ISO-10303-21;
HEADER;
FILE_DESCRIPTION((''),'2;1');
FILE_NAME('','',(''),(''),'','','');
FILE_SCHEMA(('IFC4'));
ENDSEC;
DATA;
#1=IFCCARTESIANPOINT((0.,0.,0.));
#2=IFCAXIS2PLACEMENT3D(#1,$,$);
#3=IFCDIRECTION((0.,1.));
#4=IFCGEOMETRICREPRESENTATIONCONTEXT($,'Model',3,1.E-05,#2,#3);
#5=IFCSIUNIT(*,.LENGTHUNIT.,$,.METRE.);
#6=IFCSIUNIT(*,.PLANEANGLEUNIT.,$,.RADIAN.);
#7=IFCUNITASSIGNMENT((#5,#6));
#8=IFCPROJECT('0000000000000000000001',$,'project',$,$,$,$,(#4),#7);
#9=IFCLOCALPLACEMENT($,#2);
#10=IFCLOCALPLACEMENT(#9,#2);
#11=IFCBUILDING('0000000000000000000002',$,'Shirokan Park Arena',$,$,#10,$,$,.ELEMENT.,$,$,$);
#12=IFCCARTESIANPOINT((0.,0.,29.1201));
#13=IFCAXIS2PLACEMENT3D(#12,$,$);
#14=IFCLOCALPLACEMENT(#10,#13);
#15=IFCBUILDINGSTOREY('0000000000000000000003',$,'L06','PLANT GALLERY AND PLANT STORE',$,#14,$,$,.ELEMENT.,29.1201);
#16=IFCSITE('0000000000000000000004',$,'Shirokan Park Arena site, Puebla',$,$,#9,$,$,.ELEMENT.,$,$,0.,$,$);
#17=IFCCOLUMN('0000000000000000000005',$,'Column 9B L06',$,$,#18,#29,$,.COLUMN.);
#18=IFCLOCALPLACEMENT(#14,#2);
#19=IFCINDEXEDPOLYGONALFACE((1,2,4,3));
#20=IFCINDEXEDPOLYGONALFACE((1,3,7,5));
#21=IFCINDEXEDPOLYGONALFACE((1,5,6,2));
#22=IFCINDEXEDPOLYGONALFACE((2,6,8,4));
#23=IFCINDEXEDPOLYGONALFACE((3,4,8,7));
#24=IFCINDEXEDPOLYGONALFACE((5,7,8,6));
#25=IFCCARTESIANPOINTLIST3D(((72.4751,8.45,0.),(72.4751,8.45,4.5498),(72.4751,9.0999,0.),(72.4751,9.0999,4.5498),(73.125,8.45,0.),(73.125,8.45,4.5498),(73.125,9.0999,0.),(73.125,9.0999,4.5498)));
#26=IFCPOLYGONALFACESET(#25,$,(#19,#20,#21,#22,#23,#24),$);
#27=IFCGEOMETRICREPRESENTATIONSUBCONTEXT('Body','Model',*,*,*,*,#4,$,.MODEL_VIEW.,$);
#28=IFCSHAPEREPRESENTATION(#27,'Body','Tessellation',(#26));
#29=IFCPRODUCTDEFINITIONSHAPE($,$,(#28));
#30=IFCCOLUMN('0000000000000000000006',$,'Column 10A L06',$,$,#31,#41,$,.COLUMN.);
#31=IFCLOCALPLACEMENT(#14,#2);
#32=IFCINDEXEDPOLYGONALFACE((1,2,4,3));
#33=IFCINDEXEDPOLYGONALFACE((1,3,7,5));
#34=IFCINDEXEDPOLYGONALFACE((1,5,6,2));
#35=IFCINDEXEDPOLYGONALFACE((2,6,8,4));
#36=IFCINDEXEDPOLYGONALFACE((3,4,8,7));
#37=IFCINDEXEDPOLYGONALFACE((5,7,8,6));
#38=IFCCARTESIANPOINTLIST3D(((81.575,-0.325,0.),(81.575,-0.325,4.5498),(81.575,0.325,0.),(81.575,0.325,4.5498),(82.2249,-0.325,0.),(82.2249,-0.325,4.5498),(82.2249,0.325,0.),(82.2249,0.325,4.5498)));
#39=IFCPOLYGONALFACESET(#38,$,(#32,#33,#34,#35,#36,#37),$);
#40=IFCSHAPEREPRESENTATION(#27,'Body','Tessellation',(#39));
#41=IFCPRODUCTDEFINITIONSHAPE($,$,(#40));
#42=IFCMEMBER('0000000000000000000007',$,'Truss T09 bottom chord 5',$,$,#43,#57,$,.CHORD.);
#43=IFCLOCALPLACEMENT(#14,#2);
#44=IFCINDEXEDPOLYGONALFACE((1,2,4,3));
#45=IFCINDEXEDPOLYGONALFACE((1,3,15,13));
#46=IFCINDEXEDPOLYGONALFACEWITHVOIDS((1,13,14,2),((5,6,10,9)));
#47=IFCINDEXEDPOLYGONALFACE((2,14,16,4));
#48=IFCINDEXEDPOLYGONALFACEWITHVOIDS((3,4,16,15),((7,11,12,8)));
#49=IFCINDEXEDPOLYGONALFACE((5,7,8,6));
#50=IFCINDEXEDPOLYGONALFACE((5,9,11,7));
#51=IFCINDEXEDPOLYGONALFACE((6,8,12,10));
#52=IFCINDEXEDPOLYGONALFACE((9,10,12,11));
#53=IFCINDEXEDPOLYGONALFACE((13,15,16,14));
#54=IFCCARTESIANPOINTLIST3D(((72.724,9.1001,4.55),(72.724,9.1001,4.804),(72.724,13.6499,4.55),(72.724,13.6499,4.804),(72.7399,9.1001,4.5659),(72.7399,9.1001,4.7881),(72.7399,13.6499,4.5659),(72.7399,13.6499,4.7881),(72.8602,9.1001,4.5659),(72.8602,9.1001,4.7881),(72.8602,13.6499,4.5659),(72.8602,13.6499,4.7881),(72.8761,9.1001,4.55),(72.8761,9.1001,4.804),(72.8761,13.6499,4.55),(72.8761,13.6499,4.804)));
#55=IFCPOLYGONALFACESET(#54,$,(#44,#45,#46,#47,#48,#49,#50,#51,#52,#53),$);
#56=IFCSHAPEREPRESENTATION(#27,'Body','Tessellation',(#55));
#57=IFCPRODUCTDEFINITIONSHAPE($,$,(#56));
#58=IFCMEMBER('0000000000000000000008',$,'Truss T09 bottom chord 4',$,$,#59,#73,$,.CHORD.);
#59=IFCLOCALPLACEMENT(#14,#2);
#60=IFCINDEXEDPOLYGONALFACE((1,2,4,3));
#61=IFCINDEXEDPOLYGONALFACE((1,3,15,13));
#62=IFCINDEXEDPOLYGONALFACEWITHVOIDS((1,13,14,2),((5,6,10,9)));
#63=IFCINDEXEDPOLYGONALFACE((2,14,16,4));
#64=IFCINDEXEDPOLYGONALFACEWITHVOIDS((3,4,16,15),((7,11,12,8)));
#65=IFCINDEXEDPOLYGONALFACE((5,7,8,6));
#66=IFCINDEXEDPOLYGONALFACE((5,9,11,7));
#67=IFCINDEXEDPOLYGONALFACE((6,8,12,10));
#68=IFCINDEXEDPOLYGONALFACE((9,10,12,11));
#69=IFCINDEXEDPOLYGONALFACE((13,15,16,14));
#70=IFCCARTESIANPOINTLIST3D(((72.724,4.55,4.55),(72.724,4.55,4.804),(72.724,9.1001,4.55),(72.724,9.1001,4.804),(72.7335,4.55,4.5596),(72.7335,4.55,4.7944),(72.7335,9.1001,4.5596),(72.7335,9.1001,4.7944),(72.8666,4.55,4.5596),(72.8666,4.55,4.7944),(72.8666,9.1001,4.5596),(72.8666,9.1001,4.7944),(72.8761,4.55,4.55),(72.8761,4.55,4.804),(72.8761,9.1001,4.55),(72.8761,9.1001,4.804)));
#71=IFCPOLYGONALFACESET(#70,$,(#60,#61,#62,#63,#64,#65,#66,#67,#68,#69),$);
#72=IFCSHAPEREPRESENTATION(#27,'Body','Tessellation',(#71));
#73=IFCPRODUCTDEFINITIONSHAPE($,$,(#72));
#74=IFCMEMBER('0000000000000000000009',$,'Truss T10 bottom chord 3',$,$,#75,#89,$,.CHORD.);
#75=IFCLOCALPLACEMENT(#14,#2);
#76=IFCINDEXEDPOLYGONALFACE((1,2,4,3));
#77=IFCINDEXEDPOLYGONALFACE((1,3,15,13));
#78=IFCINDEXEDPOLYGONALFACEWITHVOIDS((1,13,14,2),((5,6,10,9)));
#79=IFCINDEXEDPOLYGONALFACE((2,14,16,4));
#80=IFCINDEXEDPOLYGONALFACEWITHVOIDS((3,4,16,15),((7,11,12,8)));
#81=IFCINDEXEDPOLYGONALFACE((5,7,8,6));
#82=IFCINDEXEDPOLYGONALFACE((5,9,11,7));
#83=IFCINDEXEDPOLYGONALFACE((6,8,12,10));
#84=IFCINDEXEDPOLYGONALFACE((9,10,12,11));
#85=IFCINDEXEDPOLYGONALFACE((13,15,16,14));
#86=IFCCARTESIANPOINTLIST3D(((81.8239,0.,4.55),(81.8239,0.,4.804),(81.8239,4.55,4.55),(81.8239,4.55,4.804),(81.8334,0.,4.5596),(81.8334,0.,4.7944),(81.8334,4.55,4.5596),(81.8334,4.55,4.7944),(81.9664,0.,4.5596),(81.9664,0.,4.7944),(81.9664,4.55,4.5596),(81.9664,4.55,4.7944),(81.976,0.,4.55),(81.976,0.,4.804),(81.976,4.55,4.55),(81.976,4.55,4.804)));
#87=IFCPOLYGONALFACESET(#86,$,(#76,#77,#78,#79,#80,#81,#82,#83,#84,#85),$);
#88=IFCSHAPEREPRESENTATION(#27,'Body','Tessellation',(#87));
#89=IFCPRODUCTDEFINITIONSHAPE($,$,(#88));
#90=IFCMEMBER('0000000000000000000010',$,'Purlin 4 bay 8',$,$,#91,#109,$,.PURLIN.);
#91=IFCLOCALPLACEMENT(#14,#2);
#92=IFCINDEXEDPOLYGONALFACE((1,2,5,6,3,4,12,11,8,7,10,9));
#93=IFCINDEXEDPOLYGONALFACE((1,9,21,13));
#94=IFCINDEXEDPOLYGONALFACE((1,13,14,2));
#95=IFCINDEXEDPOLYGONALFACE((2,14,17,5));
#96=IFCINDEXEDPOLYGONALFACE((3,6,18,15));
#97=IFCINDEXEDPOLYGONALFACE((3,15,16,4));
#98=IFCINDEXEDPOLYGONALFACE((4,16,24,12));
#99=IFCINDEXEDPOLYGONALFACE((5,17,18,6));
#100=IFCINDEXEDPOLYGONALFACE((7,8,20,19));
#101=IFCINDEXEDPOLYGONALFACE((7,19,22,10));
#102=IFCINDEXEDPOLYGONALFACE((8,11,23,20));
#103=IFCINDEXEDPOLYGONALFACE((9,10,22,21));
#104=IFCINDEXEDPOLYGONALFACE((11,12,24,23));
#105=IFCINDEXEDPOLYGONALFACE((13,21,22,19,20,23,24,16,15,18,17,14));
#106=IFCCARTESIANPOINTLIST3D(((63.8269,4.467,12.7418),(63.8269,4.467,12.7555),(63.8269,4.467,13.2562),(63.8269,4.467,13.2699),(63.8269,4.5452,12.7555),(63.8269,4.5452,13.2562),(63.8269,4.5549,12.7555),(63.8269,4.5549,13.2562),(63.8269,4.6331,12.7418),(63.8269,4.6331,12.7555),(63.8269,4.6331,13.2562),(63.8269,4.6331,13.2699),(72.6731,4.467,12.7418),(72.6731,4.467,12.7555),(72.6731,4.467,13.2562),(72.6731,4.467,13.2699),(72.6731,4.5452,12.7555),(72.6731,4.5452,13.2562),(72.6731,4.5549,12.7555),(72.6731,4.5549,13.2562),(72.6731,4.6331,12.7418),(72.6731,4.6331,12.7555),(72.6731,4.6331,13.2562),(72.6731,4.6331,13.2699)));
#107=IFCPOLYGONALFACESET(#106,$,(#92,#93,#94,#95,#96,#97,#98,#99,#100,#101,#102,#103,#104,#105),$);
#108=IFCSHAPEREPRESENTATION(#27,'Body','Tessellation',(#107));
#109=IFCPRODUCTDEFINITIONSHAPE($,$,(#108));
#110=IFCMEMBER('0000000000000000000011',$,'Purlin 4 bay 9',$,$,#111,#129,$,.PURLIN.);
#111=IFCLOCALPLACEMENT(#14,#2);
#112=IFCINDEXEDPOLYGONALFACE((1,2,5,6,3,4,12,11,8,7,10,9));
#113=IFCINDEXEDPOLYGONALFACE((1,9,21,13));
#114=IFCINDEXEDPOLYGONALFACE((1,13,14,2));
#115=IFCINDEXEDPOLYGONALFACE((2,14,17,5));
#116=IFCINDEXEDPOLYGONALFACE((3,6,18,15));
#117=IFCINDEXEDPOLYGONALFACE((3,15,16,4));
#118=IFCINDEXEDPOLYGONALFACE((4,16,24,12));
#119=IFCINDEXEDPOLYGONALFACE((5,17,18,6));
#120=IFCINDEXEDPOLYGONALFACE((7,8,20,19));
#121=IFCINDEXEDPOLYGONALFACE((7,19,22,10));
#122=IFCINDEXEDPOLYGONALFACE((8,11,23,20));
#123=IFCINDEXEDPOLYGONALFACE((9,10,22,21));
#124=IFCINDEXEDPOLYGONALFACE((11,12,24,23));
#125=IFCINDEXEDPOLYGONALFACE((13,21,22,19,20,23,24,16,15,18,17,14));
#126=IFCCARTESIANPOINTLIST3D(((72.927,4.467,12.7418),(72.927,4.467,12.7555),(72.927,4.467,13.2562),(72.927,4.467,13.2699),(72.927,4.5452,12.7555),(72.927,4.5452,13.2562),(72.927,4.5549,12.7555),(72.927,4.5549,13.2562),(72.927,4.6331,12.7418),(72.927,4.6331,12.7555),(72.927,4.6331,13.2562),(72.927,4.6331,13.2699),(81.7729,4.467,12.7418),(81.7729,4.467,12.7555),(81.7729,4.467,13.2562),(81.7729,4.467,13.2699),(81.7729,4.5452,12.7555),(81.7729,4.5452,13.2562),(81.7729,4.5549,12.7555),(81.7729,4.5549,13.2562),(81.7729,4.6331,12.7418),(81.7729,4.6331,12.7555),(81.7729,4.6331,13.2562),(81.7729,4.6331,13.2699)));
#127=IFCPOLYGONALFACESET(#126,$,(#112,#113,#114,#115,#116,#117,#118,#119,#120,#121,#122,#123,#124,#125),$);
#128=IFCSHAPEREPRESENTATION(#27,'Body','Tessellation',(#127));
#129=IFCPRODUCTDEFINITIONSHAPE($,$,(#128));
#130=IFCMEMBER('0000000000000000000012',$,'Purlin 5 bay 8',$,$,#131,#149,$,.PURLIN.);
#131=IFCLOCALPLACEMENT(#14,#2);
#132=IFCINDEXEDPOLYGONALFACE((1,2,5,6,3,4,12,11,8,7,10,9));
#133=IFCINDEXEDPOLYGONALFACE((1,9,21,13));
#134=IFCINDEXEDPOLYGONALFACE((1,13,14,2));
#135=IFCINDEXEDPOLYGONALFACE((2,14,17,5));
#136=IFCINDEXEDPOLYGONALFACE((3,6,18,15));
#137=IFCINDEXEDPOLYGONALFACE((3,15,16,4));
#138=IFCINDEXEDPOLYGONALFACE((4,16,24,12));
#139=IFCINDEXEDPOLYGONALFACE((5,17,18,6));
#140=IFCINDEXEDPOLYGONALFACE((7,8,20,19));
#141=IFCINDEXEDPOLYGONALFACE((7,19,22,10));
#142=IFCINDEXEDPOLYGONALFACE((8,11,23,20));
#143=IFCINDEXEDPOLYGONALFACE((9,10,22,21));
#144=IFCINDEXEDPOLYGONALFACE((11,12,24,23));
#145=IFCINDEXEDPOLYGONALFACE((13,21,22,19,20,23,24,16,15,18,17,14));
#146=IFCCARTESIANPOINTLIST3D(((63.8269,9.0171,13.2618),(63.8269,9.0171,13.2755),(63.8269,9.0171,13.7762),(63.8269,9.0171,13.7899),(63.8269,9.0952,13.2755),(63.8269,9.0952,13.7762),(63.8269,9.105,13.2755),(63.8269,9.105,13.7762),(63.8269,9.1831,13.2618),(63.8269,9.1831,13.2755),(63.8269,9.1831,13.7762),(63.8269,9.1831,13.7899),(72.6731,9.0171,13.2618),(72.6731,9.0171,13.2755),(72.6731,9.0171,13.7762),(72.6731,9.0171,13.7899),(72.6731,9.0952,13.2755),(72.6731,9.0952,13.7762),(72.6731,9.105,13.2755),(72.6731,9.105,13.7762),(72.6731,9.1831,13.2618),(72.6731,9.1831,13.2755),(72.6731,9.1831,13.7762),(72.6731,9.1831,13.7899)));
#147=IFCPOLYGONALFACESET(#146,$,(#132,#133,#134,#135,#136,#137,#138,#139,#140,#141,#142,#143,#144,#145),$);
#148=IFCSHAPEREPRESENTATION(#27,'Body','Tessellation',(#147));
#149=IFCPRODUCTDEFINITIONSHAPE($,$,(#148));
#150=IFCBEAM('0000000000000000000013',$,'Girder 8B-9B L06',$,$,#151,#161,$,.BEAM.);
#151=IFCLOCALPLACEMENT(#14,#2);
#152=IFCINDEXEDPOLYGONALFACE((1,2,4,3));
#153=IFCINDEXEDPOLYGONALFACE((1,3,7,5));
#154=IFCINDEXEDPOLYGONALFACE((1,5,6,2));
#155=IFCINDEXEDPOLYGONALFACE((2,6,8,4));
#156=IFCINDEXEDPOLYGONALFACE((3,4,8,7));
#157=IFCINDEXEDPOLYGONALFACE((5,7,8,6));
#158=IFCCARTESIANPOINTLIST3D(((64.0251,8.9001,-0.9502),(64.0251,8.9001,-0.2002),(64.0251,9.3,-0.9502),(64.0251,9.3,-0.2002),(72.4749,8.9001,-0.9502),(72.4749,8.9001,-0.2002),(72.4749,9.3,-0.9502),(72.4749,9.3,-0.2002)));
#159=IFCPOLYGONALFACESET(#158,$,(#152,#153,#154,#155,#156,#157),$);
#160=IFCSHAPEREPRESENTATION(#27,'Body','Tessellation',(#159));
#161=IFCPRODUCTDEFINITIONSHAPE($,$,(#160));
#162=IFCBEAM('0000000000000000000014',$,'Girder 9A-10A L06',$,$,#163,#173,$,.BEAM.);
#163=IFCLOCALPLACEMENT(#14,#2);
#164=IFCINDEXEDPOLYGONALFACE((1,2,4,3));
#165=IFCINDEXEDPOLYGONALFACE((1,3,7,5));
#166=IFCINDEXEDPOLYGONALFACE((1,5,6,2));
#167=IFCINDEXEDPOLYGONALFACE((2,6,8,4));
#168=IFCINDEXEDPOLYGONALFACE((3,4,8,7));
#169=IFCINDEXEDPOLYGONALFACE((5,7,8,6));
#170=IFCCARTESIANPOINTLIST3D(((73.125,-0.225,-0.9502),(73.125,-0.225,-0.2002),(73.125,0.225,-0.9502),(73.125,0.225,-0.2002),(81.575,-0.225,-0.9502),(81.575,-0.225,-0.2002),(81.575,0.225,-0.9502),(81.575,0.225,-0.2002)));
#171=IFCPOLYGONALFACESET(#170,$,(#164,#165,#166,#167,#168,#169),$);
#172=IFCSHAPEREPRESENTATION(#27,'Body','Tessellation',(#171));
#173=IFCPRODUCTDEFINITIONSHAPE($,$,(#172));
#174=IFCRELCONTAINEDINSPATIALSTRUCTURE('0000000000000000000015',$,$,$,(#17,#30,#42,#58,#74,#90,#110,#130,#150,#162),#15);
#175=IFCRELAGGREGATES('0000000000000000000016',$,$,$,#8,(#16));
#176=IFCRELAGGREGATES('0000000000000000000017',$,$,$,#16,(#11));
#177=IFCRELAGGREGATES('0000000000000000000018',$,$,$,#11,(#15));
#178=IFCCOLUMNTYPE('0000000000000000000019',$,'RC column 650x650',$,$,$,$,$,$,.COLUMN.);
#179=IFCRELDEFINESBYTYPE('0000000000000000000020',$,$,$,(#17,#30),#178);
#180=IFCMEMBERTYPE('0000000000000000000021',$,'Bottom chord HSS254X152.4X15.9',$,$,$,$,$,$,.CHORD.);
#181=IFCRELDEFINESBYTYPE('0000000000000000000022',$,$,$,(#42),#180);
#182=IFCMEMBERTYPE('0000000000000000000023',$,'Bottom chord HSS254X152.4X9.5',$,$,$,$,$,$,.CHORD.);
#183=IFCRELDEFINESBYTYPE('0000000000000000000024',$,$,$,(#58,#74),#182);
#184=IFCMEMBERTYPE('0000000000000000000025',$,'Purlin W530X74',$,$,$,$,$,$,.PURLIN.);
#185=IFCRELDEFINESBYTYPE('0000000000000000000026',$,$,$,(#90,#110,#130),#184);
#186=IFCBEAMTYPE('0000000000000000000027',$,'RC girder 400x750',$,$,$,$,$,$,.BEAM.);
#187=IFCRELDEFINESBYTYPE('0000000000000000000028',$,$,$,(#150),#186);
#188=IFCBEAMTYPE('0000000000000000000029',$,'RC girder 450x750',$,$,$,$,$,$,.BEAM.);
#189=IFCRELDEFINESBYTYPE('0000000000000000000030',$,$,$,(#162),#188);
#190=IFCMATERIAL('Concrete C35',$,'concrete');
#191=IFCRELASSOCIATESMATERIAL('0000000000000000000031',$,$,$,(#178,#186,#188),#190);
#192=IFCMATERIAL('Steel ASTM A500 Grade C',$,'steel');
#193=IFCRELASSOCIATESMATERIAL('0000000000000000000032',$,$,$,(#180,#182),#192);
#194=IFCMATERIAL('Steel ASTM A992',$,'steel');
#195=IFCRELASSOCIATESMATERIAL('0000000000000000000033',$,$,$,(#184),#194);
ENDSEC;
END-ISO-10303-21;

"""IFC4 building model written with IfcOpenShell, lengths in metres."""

from ifc_helpers import new_model, si_unit, direction, frame, origin, origin_2d, place, context, subcontext, project, spatial, rectangle, hollow_rectangle, i_section, extrude, material, material_profile, profile_set, type_object, element, save


model = new_model("IFC4")

# Units and contexts
model_context = context("Model", 3, precision=1e-05, world=origin(), true_north=direction((0.0, 1.0)))
body_context = subcontext(model_context, "Body", "Model", "MODEL_VIEW")
ifc_project = project(units=[si_unit("LENGTHUNIT", "METRE"), si_unit("PLANEANGLEUNIT", "RADIAN")], contexts=[model_context])

# Site, building, storey
site_placement = place(None, origin())
site = spatial("IfcSite", under=ifc_project, at=site_placement, Name="Shirokan Park Arena site, Puebla", CompositionType="ELEMENT", RefElevation=0.0)
building_placement = place(site_placement, origin())
building = spatial("IfcBuilding", under=site, at=building_placement, Name="Shirokan Park Arena", CompositionType="ELEMENT")
storey_placement = place(building_placement, frame((0.0, 0.0, 29.1201)))
storey = spatial("IfcBuildingStorey", under=building, at=storey_placement, Name="L06", Description="PLANT GALLERY AND PLANT STORE", CompositionType="ELEMENT", Elevation=29.1201)

# Columns
ifc_material_1 = material(Name="Concrete C35", Category="concrete")
ifc_material_profile_1 = material_profile(ifc_material_1, rectangle(XDim=0.6499, YDim=0.6499, at=origin_2d()), Name="650x650")
ifc_profile_set_1 = profile_set([ifc_material_profile_1], Name="Concrete C35")
column_type = type_object("IfcColumnType", Name="RC column 650x650", PredefinedType="COLUMN", material=ifc_profile_set_1)
for number, where, z_axis, x_axis, name in (
    (1, (72.8, 8.7749, 0.0), (0.0, 0.0, 1.0), (1.0, 0.0, 0.0), "Column 9B L06"),
    (2, (81.8999, 0.0, 0.0), (0.0, 0.0, 1.0), (1.0, 0.0, 0.0), "Column 10A L06"),
):
    element("IfcColumn", number, at=place(storey_placement, frame(where, z_axis=z_axis, x_axis=x_axis)), inside=storey, type_object=column_type, Name=name, PredefinedType="COLUMN", context=body_context, shape_type="SweptSolid", body=[
        extrude(rectangle(XDim=0.6499, YDim=0.6499, at=origin_2d()), origin(), (0.0, 0.0, 1.0), 4.5498),
    ])

# Members
ifc_material_2 = material(Name="Steel ASTM A500 Grade C", Category="steel")
ifc_material_profile_2 = material_profile(ifc_material_2, hollow_rectangle(XDim=0.1521, YDim=0.2539, WallThickness=0.0159, at=origin_2d()), Name="HSS254X152.4X15.9")
ifc_profile_set_2 = profile_set([ifc_material_profile_2], Name="Steel ASTM A500 Grade C")
member_type_1 = type_object("IfcMemberType", Name="Bottom chord HSS254X152.4X15.9", PredefinedType="CHORD", material=ifc_profile_set_2)
member_1_placement = place(storey_placement, frame((72.8, 9.1001, 4.677), z_axis=(0.0, 1.0, 0.0), x_axis=(-1.0, 0.0, 0.0)))
element("IfcMember", 3, at=member_1_placement, inside=storey, type_object=member_type_1, Name="Truss T09 bottom chord 5", PredefinedType="CHORD", context=body_context, shape_type="SweptSolid", body=[
    extrude(hollow_rectangle(XDim=0.1521, YDim=0.2539, WallThickness=0.0159, at=origin_2d()), origin(), (0.0, 0.0, 1.0), 4.5498),
])
ifc_material_profile_3 = material_profile(ifc_material_2, hollow_rectangle(XDim=0.1521, YDim=0.2539, WallThickness=0.0095, at=origin_2d()), Name="HSS254X152.4X9.5")
ifc_profile_set_3 = profile_set([ifc_material_profile_3], Name="Steel ASTM A500 Grade C")
member_type_2 = type_object("IfcMemberType", Name="Bottom chord HSS254X152.4X9.5", PredefinedType="CHORD", material=ifc_profile_set_3)
for number, where, z_axis, x_axis, name in (
    (4, (72.8, 4.55, 4.677), (0.0, 1.0, 0.0), (-1.0, 0.0, 0.0), "Truss T09 bottom chord 4"),
    (5, (81.8999, 0.0, 4.677), (0.0, 1.0, 0.0), (-1.0, 0.0, 0.0), "Truss T10 bottom chord 3"),
):
    element("IfcMember", number, at=place(storey_placement, frame(where, z_axis=z_axis, x_axis=x_axis)), inside=storey, type_object=member_type_2, Name=name, PredefinedType="CHORD", context=body_context, shape_type="SweptSolid", body=[
        extrude(hollow_rectangle(XDim=0.1521, YDim=0.2539, WallThickness=0.0095, at=origin_2d()), origin(), (0.0, 0.0, 1.0), 4.55),
    ])
ifc_material_3 = material(Name="Steel ASTM A992", Category="steel")
ifc_material_profile_4 = material_profile(ifc_material_3, i_section(OverallWidth=0.166, OverallDepth=0.5281, WebThickness=0.0098, FlangeThickness=0.0137, at=origin_2d()), Name="W530X74")
ifc_profile_set_4 = profile_set([ifc_material_profile_4], Name="Steel ASTM A992")
member_type_3 = type_object("IfcMemberType", Name="Purlin W530X74", PredefinedType="PURLIN", material=ifc_profile_set_4)
member_2_placement = place(storey_placement, frame((63.8269, 4.55, 13.0059), z_axis=(1.0, 0.0, 0.0), x_axis=(0.0, 1.0, 0.0)))
element("IfcMember", 6, at=member_2_placement, inside=storey, type_object=member_type_3, Name="Purlin 4 bay 8", PredefinedType="PURLIN", context=body_context, shape_type="SweptSolid", body=[
    extrude(i_section(OverallWidth=0.166, OverallDepth=0.5281, WebThickness=0.0098, FlangeThickness=0.0137, at=origin_2d()), origin(), (0.0, 0.0, 1.0), 8.8462),
])
member_3_placement = place(storey_placement, frame((72.927, 4.55, 13.0059), z_axis=(1.0, 0.0, 0.0), x_axis=(0.0, 1.0, 0.0)))
element("IfcMember", 7, at=member_3_placement, inside=storey, type_object=member_type_3, Name="Purlin 4 bay 9", PredefinedType="PURLIN", context=body_context, shape_type="SweptSolid", body=[
    extrude(i_section(OverallWidth=0.166, OverallDepth=0.5281, WebThickness=0.0098, FlangeThickness=0.0137, at=origin_2d()), origin(), (0.0, 0.0, 1.0), 8.8459),
])
member_4_placement = place(storey_placement, frame((63.8269, 9.1001, 13.5259), z_axis=(1.0, 0.0, 0.0), x_axis=(0.0, 1.0, 0.0)))
element("IfcMember", 8, at=member_4_placement, inside=storey, type_object=member_type_3, Name="Purlin 5 bay 8", PredefinedType="PURLIN", context=body_context, shape_type="SweptSolid", body=[
    extrude(i_section(OverallWidth=0.166, OverallDepth=0.5281, WebThickness=0.0098, FlangeThickness=0.0137, at=origin_2d()), origin(), (0.0, 0.0, 1.0), 8.8462),
])

# Beams
ifc_material_profile_5 = material_profile(ifc_material_1, rectangle(XDim=0.3999, YDim=0.75, at=origin_2d()), Name="400x750")
ifc_profile_set_5 = profile_set([ifc_material_profile_5], Name="Concrete C35")
beam_type_1 = type_object("IfcBeamType", Name="RC girder 400x750", PredefinedType="BEAM", material=ifc_profile_set_5)
beam_1_placement = place(storey_placement, frame((64.0251, 9.1001, -0.5752), z_axis=(1.0, 0.0, 0.0), x_axis=(0.0, 1.0, 0.0)))
element("IfcBeam", 9, at=beam_1_placement, inside=storey, type_object=beam_type_1, Name="Girder 8B-9B L06", PredefinedType="BEAM", context=body_context, shape_type="SweptSolid", body=[
    extrude(rectangle(XDim=0.3999, YDim=0.75, at=origin_2d()), origin(), (0.0, 0.0, 1.0), 8.4497),
])
ifc_material_profile_6 = material_profile(ifc_material_1, rectangle(XDim=0.45, YDim=0.75, at=origin_2d()), Name="450x750")
ifc_profile_set_6 = profile_set([ifc_material_profile_6], Name="Concrete C35")
beam_type_2 = type_object("IfcBeamType", Name="RC girder 450x750", PredefinedType="BEAM", material=ifc_profile_set_6)
beam_2_placement = place(storey_placement, frame((73.125, 0.0, -0.5752), z_axis=(1.0, 0.0, 0.0), x_axis=(0.0, 1.0, 0.0)))
element("IfcBeam", 10, at=beam_2_placement, inside=storey, type_object=beam_type_2, Name="Girder 9A-10A L06", PredefinedType="BEAM", context=body_context, shape_type="SweptSolid", body=[
    extrude(rectangle(XDim=0.45, YDim=0.75, at=origin_2d()), origin(), (0.0, 0.0, 1.0), 8.45),
])

save(model, "model.ifc")
